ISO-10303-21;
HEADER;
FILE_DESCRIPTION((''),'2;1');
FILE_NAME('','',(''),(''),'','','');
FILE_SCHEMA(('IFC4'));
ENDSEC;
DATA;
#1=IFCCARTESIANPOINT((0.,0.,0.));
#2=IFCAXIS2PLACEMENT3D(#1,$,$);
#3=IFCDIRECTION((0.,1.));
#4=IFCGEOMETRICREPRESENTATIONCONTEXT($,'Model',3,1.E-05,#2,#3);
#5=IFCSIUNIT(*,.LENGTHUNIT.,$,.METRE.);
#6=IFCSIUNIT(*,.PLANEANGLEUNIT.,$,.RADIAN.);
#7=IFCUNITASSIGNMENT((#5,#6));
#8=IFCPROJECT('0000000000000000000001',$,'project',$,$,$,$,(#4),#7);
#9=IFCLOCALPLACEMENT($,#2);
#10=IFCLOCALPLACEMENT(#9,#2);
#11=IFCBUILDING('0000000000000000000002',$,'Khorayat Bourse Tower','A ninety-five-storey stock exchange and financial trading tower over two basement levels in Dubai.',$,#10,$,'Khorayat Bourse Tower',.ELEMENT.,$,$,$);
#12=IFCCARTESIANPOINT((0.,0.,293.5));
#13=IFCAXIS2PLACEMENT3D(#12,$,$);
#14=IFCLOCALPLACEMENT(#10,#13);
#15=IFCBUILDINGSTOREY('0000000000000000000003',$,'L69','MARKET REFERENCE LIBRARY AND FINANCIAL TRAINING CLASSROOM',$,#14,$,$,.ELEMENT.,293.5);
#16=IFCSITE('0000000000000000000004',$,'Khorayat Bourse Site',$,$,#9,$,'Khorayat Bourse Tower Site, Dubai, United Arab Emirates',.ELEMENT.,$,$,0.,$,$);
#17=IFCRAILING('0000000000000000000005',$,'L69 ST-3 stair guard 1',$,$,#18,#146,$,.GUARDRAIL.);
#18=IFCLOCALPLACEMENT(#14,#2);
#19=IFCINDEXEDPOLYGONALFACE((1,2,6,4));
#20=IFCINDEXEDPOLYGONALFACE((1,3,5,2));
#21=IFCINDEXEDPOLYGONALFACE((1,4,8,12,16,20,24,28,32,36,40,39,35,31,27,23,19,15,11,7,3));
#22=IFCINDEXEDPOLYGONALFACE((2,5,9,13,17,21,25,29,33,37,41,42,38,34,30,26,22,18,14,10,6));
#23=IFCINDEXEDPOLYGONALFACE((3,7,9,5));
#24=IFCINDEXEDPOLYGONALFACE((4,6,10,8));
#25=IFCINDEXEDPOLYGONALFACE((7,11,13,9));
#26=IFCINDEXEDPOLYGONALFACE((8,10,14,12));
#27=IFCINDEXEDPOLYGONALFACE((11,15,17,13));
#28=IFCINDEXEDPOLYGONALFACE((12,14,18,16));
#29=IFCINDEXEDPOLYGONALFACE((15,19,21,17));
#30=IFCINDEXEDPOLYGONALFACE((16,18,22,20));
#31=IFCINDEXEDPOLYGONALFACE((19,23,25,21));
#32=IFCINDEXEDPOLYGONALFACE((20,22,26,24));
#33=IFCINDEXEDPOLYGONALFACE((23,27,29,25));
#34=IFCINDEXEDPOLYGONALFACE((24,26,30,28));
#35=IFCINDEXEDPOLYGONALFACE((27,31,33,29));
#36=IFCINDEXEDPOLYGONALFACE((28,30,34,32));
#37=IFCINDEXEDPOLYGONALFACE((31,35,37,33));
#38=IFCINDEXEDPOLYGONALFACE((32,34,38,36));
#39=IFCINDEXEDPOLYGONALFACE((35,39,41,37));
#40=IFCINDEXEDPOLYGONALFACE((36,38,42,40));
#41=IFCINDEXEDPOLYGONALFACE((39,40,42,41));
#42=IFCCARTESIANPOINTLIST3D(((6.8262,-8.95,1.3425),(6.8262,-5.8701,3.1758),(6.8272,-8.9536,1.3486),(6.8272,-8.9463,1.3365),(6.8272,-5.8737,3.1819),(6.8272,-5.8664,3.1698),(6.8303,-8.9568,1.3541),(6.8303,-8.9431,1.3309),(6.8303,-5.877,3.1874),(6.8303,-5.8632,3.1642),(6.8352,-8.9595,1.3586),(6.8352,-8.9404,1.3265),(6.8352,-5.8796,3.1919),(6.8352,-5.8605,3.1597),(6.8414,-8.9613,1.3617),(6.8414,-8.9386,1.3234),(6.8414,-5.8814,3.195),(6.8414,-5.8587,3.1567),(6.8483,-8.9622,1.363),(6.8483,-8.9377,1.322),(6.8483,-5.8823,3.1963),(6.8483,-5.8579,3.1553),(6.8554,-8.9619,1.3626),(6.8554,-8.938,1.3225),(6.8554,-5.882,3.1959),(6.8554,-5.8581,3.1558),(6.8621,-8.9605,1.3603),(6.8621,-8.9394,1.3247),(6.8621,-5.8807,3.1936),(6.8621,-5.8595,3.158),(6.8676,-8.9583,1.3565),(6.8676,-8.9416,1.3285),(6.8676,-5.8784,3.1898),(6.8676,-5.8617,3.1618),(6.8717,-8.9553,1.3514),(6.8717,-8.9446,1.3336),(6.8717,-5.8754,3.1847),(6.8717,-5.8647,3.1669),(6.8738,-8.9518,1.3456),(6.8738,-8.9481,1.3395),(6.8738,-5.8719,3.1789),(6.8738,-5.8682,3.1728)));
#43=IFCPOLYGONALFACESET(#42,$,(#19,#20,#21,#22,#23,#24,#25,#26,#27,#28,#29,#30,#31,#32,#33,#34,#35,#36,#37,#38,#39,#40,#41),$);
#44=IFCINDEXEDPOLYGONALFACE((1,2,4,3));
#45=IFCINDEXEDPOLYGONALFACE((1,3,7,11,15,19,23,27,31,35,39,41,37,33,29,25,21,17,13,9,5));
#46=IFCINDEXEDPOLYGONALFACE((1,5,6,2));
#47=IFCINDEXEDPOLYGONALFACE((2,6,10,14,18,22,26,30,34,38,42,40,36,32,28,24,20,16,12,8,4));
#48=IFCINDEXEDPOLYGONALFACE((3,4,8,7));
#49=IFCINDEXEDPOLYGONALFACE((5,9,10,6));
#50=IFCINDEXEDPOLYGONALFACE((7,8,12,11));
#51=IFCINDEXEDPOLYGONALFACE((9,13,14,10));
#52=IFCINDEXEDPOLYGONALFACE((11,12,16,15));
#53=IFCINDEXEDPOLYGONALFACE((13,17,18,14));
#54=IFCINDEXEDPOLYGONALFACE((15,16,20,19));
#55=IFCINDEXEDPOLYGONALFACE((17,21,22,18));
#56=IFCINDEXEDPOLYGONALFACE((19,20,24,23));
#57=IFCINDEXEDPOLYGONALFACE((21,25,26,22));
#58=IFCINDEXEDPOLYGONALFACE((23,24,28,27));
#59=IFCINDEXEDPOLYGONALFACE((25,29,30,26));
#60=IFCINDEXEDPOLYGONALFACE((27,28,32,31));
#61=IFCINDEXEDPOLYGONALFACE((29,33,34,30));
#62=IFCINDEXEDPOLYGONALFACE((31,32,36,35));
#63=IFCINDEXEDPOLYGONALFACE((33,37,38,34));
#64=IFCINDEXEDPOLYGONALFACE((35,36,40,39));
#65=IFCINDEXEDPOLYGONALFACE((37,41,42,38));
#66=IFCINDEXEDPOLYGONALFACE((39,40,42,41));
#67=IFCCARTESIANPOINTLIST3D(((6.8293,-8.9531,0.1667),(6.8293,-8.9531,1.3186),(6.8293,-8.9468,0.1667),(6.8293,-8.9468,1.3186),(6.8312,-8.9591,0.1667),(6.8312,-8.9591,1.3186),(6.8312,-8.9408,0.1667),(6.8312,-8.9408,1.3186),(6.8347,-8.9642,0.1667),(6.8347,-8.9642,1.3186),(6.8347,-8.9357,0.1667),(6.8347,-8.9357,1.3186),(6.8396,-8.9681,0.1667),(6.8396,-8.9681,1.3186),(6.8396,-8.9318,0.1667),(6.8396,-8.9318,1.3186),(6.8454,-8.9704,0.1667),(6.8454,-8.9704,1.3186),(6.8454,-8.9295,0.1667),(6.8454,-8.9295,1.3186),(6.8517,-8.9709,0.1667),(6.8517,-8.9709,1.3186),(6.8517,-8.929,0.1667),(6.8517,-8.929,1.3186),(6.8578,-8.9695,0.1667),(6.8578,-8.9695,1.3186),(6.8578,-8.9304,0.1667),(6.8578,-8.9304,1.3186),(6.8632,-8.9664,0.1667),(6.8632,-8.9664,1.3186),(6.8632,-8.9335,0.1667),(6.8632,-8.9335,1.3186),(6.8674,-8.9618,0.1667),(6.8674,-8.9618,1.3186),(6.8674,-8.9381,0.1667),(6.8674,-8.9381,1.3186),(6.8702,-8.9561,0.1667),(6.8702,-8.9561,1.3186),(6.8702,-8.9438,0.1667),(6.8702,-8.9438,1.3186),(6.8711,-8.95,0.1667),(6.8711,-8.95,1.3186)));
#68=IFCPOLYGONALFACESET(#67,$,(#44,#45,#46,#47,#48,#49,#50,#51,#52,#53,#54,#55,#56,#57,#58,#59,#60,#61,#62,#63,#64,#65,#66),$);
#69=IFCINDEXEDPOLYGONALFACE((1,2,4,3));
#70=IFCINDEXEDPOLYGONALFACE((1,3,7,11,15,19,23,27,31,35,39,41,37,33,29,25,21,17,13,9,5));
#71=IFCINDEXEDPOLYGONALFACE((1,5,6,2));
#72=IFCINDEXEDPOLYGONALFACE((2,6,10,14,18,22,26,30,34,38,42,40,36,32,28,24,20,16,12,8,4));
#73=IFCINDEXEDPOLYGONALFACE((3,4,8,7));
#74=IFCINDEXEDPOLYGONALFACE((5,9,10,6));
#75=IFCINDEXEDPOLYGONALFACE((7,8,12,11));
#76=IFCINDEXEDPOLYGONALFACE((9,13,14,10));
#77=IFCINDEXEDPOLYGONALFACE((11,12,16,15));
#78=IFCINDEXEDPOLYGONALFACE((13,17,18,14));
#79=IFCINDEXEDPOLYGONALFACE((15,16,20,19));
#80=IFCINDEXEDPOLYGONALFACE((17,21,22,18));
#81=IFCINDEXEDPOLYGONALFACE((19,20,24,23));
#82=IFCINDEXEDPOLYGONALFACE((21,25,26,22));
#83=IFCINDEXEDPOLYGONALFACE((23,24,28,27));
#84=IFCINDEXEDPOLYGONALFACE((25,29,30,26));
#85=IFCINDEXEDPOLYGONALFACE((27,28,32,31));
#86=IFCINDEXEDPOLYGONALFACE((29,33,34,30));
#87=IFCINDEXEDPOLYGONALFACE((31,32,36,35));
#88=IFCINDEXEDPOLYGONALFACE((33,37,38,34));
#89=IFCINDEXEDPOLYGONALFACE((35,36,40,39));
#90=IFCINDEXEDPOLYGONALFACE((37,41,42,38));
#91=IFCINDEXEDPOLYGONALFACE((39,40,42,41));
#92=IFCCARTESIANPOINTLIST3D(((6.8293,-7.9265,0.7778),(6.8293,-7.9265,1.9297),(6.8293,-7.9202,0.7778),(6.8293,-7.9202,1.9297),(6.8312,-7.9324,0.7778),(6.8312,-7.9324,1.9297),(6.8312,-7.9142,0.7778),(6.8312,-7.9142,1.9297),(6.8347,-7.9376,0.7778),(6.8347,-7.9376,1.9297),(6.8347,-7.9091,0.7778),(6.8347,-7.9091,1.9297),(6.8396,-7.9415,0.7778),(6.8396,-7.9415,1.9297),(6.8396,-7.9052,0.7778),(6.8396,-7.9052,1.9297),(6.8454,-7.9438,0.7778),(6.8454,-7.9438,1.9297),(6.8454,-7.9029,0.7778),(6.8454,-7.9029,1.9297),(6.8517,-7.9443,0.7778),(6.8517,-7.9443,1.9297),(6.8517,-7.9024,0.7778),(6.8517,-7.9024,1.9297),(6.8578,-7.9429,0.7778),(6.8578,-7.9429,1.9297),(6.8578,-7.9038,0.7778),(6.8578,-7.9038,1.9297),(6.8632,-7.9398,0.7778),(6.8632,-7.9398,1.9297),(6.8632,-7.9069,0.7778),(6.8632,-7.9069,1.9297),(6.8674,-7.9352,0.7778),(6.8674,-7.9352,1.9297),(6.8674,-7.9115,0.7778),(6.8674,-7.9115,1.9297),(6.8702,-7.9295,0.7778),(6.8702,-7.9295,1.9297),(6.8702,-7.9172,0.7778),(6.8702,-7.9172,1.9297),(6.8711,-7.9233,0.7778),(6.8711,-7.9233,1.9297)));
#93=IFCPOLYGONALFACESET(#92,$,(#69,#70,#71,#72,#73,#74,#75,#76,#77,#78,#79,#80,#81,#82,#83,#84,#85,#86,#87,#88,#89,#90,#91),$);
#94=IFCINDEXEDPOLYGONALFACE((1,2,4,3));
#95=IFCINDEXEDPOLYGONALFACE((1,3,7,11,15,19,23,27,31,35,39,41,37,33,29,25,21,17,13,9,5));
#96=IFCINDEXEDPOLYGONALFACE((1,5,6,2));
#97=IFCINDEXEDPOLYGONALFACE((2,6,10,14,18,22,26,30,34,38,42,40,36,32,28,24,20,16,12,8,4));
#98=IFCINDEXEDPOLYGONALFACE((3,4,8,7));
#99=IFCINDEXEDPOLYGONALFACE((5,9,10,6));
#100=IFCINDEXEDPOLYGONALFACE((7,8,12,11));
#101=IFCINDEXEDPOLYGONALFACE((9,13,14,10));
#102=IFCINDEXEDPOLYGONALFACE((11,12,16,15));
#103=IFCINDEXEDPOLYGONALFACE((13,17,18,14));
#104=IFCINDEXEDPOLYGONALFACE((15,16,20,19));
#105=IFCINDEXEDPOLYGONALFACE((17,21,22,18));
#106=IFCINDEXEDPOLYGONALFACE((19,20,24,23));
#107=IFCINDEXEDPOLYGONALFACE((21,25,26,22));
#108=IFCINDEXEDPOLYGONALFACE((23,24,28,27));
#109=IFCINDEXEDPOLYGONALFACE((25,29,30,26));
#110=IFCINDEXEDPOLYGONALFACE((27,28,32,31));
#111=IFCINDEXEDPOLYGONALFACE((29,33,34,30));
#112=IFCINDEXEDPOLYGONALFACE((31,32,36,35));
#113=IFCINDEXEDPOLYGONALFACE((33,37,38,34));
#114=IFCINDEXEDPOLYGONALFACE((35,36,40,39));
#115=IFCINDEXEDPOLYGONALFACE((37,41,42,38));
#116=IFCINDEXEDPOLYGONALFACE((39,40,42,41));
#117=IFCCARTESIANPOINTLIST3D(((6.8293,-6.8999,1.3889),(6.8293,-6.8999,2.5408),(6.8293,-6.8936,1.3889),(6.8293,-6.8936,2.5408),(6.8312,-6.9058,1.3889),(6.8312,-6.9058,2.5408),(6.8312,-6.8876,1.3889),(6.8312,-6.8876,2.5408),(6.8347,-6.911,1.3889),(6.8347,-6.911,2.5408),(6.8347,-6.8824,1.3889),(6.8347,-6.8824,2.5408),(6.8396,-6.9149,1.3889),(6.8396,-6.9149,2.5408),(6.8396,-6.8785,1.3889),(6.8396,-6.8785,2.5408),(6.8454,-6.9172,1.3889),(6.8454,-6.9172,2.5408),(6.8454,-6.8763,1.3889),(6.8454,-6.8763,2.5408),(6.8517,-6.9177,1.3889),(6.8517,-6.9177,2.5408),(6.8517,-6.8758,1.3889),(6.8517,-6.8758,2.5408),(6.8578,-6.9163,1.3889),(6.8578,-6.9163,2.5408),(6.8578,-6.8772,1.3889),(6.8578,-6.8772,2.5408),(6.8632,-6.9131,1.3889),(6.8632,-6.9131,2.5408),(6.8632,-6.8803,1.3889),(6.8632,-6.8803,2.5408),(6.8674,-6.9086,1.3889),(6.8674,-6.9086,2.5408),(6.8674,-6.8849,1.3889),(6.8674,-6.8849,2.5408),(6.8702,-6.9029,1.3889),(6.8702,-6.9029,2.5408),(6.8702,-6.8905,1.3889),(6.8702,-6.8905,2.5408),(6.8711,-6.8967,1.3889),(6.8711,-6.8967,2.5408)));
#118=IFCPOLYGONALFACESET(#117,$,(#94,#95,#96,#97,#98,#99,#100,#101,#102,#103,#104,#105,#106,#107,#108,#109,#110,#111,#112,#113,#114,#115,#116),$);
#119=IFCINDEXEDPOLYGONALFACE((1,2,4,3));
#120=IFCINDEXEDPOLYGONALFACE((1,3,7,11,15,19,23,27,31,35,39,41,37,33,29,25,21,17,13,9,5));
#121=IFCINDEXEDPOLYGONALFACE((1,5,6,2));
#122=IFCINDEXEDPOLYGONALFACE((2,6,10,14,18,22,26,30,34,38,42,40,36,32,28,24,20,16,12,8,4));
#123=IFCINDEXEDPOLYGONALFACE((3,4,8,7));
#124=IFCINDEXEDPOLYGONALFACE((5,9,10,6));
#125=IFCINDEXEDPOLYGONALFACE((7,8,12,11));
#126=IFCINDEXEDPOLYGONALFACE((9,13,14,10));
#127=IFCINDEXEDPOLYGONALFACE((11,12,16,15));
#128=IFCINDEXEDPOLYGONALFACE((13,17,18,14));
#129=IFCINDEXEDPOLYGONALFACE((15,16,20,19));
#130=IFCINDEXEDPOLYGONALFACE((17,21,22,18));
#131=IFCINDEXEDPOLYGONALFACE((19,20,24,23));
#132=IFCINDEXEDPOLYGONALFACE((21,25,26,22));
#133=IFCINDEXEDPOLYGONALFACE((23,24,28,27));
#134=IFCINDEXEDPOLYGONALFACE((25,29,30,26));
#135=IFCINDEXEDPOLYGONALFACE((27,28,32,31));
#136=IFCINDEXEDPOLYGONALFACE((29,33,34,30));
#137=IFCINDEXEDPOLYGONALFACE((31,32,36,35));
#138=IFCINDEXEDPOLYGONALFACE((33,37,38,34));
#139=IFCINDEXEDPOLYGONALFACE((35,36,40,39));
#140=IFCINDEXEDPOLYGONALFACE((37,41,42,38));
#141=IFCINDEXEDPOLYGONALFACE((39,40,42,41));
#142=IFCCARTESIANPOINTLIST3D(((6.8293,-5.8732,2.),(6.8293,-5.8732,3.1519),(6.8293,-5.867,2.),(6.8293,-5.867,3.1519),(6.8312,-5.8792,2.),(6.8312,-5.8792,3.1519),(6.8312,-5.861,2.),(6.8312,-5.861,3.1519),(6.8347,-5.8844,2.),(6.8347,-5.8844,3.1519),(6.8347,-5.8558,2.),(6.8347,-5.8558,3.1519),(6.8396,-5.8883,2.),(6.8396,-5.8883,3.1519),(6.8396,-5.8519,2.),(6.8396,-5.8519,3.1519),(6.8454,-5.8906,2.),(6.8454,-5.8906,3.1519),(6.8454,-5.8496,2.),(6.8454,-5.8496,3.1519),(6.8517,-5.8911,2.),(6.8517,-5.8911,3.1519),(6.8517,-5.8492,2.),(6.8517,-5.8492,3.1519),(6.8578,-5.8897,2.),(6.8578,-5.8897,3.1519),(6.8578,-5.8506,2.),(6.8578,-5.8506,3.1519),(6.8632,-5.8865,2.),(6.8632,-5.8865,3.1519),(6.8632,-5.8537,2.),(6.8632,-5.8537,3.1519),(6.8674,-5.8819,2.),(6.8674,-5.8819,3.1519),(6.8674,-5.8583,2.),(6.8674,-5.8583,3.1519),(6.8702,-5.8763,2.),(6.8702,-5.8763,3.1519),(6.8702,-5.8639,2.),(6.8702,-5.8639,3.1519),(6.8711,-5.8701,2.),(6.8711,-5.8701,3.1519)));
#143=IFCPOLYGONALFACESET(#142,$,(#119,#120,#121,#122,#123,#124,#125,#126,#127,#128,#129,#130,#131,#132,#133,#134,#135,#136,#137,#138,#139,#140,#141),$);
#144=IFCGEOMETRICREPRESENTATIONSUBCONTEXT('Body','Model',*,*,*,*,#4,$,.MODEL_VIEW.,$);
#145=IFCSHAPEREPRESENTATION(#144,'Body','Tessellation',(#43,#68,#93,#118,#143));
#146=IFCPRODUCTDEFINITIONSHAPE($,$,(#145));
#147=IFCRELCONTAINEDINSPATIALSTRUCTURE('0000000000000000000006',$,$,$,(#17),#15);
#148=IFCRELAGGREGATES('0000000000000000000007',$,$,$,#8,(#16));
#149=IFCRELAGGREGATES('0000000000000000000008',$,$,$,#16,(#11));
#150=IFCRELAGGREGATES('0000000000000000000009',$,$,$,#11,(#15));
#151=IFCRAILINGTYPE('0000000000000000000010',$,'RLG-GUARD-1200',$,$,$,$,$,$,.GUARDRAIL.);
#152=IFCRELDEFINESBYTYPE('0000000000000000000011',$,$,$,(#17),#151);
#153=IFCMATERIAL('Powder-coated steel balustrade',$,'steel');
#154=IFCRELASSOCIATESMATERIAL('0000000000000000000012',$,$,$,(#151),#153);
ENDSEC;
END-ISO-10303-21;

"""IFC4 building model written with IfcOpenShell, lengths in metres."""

from ifc_helpers import new_model, si_unit, direction, frame, origin, origin_2d, place, context, subcontext, project, spatial, circle, extrude, source, transform, mapped, material, type_object, element, save


model = new_model("IFC4")

# Units and contexts
model_context = context("Model", 3, precision=1e-05, world=origin(), true_north=direction((0.0, 1.0)))
body_context = subcontext(model_context, "Body", "Model", "MODEL_VIEW")
ifc_project = project(units=[si_unit("LENGTHUNIT", "METRE"), si_unit("PLANEANGLEUNIT", "RADIAN")], contexts=[model_context])

# Site, building, storey
site_placement = place(None, origin())
site = spatial("IfcSite", under=ifc_project, at=site_placement, Name="Khorayat Bourse Site", LongName="Khorayat Bourse Tower Site, Dubai, United Arab Emirates", CompositionType="ELEMENT", RefElevation=0.0)
building_placement = place(site_placement, origin())
building = spatial("IfcBuilding", under=site, at=building_placement, Name="Khorayat Bourse Tower", Description="A ninety-five-storey stock exchange and financial trading tower over two basement levels in Dubai.", LongName="Khorayat Bourse Tower", CompositionType="ELEMENT")
storey_placement = place(building_placement, frame((0.0, 0.0, 293.5)))
storey = spatial("IfcBuildingStorey", under=building, at=storey_placement, Name="L69", Description="MARKET REFERENCE LIBRARY AND FINANCIAL TRAINING CLASSROOM", CompositionType="ELEMENT", Elevation=293.5)

# Railing
ifc_material_1 = material(Name="Powder-coated steel balustrade", Category="steel")
railing_type_1 = type_object("IfcRailingType", Name="RLG-GUARD-1200", PredefinedType="GUARDRAIL", material=ifc_material_1)
shared_shape_1 = source(origin(), body_context, "Body", "SweptSolid", [
    extrude(circle(Radius=0.0239, at=origin_2d()), frame((0.0, 0.0, 1.1758), z_axis=(0.0, 0.859291, 0.511487), x_axis=(-1.0, 0.0, 0.0)), (0.0, 0.0, 1.0), 3.5842),
    extrude(circle(Radius=0.021, at=origin_2d()), origin(), (0.0, 0.0, 1.0), 1.1519),
    extrude(circle(Radius=0.021, at=origin_2d()), frame((0.0, 1.0266, 0.6111)), (0.0, 0.0, 1.0), 1.1519),
    extrude(circle(Radius=0.021, at=origin_2d()), frame((0.0, 2.0532, 1.2222)), (0.0, 0.0, 1.0), 1.1519),
    extrude(circle(Radius=0.021, at=origin_2d()), frame((0.0, 3.0798, 1.8333)), (0.0, 0.0, 1.0), 1.1519),
])
railing_1_placement = place(storey_placement, frame((6.8501, -8.95, 0.1667)))
element("IfcRailing", 1, at=railing_1_placement, inside=storey, type_object=railing_type_1, Name="L69 ST-3 stair guard 1", PredefinedType="GUARDRAIL", context=body_context, shape_type="MappedRepresentation", body=[
    mapped(shared_shape_1, transform((0.0, 0.0, 0.0), scale=1.0)),
])

save(model, "model.ifc")
